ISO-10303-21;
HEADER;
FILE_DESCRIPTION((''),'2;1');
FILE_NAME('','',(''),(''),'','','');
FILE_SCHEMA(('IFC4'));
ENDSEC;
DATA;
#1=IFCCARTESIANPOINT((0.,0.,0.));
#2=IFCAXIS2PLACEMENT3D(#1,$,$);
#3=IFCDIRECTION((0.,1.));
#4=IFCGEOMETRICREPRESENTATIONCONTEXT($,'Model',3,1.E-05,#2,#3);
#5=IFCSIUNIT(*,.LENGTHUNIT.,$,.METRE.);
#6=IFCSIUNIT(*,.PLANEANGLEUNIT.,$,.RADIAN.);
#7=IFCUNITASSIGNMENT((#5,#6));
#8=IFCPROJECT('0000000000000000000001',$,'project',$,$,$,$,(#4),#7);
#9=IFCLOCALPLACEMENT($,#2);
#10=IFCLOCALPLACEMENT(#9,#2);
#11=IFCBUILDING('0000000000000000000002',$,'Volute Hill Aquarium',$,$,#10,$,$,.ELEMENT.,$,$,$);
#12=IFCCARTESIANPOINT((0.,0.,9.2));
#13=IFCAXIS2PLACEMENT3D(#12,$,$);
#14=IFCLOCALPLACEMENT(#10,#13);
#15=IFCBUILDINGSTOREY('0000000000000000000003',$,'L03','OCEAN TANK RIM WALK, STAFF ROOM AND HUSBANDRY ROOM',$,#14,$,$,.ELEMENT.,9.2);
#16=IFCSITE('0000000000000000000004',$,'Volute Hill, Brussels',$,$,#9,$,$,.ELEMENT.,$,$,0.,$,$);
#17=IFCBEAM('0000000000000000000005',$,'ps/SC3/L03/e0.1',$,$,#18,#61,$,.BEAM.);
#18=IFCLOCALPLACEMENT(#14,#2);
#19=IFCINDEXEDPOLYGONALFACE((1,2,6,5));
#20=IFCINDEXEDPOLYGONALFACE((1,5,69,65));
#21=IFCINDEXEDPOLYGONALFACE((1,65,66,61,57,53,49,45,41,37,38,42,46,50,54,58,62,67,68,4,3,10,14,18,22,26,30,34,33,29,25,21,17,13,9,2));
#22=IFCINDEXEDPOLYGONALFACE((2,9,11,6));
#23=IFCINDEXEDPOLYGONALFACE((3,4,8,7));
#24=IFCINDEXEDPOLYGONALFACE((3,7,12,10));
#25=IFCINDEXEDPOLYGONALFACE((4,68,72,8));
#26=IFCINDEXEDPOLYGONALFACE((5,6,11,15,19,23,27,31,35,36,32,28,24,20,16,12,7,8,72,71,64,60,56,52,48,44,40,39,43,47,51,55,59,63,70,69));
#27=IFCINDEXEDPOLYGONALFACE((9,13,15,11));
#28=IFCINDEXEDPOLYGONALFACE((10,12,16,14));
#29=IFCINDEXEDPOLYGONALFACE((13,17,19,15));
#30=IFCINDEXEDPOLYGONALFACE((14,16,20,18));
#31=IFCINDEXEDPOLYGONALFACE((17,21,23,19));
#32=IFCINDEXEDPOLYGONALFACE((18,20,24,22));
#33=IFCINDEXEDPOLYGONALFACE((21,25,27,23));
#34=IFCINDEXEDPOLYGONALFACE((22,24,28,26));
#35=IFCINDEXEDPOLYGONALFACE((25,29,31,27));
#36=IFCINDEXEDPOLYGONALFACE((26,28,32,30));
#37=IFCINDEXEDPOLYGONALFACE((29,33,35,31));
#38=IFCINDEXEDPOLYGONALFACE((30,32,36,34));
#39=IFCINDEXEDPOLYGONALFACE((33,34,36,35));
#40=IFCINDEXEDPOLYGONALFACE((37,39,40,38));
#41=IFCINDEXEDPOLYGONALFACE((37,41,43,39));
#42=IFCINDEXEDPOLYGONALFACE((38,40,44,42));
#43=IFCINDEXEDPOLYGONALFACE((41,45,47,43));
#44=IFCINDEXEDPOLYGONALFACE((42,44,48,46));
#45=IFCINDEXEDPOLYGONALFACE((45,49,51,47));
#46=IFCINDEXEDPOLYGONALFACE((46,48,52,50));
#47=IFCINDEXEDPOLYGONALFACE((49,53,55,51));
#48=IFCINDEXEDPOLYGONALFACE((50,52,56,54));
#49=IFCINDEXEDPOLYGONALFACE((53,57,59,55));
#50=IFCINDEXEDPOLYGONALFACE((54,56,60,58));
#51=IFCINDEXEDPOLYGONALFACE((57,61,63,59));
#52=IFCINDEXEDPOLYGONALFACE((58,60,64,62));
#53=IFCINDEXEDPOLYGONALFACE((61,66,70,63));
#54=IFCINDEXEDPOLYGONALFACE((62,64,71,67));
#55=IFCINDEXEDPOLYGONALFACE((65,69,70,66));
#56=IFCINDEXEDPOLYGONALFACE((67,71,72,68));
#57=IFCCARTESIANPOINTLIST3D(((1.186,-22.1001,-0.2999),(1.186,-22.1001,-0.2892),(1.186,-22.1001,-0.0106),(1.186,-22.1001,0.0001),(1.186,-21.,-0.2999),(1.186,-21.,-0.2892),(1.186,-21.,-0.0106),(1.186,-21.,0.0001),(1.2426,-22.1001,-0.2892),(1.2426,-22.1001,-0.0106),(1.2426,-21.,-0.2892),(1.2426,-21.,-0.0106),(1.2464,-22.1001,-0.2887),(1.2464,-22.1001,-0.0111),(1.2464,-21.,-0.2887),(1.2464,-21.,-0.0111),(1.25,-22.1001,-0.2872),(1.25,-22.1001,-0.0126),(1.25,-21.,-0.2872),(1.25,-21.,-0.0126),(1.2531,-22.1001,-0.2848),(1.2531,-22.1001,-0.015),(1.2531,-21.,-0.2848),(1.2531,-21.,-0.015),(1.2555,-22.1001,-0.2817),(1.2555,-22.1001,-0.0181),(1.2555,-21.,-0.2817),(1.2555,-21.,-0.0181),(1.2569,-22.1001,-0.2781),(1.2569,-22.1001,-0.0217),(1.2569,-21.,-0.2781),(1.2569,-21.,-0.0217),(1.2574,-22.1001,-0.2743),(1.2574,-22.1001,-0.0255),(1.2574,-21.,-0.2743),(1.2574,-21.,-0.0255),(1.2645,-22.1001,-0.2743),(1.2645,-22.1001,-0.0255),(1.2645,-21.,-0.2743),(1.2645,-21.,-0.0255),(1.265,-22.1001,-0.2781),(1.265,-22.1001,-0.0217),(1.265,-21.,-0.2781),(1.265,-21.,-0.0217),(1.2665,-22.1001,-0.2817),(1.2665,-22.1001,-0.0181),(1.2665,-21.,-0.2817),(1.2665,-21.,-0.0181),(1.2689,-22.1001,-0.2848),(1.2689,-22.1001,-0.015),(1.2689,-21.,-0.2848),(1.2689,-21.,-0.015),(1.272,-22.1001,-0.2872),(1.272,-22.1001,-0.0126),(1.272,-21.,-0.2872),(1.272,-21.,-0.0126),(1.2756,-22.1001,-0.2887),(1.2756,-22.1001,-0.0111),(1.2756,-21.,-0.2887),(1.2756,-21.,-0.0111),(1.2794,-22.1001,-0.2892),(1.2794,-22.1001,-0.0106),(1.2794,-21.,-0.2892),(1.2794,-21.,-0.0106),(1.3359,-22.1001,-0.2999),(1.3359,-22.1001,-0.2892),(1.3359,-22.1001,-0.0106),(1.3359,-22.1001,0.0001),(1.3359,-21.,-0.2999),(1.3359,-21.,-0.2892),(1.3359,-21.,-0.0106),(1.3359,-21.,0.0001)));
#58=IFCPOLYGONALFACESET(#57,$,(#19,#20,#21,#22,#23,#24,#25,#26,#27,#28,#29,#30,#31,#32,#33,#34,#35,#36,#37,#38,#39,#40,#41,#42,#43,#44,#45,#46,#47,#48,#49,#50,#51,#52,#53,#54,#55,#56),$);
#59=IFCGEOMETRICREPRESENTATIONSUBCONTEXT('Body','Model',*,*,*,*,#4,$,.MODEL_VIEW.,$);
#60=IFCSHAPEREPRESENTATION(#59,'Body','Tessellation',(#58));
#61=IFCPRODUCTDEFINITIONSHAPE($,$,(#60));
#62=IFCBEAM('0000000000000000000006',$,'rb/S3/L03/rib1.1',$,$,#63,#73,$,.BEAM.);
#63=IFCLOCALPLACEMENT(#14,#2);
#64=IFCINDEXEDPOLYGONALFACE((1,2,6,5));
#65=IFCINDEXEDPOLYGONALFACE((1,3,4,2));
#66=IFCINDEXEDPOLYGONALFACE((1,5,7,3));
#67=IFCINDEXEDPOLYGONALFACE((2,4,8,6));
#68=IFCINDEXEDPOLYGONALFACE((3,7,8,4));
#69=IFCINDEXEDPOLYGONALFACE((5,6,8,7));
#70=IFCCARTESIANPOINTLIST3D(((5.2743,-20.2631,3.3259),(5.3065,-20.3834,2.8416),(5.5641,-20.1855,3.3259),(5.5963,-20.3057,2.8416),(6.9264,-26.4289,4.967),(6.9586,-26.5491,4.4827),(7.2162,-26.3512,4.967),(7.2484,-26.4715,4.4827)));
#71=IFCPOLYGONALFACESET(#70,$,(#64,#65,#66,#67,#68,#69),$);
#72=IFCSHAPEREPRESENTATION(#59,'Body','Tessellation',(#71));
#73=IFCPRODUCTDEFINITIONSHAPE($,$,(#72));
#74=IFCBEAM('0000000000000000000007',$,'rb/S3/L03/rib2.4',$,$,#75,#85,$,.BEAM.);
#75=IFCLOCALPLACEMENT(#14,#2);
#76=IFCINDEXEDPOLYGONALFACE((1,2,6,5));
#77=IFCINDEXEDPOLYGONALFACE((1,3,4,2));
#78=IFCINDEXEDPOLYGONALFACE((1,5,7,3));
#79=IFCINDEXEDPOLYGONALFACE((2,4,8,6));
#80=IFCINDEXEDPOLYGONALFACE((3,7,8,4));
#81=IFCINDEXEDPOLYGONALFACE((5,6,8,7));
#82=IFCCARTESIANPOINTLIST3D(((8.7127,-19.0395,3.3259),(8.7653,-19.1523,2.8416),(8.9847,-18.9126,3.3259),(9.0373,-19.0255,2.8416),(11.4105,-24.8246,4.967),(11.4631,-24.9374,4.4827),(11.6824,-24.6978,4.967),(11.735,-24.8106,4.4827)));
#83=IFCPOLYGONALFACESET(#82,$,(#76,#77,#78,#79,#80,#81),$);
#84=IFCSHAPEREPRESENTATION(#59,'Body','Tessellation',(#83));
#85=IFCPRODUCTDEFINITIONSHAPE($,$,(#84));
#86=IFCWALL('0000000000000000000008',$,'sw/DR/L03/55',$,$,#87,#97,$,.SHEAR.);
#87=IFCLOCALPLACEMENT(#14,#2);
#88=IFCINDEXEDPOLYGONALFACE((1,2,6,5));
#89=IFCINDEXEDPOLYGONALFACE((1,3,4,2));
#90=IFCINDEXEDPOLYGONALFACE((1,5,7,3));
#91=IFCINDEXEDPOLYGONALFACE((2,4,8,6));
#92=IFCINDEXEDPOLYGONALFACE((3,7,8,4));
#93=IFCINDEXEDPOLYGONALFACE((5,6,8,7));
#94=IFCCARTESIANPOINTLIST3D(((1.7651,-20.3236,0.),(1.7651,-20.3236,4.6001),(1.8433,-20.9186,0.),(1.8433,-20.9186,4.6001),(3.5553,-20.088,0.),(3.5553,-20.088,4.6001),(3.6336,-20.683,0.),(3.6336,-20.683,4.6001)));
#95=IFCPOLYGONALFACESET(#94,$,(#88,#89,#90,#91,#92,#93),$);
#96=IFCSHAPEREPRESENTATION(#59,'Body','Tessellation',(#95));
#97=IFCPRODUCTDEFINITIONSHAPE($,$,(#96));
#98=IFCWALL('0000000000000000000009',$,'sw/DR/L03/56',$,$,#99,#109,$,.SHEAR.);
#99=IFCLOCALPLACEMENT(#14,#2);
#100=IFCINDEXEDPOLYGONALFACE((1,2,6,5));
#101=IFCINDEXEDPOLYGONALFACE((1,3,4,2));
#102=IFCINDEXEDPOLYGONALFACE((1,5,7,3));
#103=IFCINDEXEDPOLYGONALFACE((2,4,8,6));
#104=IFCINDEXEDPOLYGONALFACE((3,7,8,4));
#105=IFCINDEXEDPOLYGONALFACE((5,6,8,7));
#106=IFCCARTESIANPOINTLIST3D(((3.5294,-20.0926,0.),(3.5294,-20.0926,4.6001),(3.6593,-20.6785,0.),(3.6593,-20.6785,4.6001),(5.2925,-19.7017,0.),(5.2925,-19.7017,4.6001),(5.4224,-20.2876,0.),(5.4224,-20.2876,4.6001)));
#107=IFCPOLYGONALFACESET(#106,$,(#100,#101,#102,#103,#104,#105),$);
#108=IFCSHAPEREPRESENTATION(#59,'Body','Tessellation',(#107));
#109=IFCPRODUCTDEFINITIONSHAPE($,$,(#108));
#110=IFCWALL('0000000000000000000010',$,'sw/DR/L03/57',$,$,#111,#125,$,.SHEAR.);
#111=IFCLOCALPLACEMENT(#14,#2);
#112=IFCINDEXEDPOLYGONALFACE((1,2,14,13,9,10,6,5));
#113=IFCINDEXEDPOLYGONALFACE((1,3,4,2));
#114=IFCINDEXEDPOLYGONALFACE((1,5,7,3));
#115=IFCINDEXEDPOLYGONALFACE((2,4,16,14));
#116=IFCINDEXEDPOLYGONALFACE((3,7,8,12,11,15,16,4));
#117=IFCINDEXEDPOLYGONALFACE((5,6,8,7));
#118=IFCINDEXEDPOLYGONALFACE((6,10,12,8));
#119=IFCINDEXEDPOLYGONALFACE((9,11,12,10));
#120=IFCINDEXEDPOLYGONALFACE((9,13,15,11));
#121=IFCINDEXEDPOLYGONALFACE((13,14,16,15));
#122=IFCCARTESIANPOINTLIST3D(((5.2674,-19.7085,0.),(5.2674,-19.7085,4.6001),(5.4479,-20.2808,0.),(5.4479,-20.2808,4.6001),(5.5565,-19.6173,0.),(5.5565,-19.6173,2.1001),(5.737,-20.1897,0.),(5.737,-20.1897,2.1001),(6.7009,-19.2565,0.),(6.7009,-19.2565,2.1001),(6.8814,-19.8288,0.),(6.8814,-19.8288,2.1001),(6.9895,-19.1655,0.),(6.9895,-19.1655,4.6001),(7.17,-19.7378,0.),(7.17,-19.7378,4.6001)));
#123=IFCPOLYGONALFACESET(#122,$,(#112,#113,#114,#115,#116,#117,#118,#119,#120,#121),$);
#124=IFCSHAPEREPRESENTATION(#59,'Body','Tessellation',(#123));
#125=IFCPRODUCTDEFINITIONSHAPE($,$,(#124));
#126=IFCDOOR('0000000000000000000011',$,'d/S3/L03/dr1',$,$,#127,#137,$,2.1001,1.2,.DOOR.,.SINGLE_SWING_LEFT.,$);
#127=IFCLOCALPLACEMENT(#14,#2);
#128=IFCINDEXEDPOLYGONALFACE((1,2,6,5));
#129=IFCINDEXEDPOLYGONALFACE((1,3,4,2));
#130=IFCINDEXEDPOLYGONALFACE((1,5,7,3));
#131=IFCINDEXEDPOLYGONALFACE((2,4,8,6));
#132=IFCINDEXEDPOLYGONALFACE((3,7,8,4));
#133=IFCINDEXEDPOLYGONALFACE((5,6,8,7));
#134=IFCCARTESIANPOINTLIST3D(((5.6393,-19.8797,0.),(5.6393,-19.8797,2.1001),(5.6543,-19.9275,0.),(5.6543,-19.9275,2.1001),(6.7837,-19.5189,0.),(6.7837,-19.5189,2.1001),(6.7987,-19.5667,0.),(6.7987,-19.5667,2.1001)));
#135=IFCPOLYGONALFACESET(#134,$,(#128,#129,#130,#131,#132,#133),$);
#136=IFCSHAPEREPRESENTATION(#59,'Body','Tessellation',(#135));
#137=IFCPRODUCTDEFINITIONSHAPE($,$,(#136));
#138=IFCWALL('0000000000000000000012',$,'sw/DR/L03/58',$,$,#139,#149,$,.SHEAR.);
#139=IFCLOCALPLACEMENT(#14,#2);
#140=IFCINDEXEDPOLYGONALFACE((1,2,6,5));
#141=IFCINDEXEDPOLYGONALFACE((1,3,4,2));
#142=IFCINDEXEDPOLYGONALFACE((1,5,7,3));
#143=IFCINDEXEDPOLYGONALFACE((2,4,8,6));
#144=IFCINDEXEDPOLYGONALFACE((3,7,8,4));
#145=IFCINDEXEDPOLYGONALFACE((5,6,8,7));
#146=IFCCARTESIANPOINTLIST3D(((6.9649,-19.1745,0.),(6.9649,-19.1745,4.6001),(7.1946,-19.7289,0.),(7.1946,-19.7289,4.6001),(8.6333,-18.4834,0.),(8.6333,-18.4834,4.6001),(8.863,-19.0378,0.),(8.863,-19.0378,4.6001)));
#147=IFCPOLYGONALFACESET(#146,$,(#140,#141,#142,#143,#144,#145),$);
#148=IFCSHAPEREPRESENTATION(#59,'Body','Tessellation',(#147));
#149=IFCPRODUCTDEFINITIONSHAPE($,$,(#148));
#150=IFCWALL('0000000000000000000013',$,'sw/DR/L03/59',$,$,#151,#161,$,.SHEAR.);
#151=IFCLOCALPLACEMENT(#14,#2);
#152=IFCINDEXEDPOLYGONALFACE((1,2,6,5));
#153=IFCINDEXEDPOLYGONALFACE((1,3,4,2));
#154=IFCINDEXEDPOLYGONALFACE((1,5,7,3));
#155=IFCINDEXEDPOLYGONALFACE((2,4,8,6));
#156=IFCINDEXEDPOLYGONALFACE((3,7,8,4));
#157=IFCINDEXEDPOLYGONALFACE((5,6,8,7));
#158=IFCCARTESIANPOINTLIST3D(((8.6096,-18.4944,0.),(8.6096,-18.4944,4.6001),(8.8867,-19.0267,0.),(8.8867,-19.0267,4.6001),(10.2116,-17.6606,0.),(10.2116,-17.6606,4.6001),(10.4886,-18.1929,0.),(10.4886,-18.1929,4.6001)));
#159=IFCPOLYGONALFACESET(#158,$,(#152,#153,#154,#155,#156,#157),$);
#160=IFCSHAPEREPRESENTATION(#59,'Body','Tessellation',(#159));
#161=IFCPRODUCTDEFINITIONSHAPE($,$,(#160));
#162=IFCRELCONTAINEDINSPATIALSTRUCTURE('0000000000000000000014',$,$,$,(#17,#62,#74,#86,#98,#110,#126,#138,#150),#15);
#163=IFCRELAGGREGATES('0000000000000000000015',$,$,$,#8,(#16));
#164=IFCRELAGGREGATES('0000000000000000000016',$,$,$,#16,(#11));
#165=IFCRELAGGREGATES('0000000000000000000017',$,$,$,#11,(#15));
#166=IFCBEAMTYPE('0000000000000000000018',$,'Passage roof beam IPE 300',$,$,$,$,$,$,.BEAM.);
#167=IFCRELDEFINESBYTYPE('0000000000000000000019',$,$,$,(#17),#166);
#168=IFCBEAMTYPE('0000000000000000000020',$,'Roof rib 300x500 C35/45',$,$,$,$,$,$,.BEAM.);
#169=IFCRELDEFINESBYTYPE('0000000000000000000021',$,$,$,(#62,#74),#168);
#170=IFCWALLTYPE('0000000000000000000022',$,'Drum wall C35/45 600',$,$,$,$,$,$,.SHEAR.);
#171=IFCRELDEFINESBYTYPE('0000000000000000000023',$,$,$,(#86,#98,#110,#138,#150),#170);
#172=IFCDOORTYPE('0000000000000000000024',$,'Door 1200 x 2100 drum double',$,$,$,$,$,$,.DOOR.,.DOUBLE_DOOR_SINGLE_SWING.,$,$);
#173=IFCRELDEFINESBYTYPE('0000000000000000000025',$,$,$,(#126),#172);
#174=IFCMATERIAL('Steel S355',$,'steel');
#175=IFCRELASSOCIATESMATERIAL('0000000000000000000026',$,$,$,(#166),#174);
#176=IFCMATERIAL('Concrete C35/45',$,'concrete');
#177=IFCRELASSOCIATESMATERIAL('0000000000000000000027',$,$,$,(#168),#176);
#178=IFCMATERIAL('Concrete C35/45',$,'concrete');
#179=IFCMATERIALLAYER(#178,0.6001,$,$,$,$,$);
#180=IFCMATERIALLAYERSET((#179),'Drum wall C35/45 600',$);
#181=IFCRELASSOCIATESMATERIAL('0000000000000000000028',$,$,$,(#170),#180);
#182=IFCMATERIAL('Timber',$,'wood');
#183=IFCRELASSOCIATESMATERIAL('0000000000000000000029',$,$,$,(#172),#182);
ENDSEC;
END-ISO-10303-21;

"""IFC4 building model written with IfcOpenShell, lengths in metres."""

from ifc_helpers import new_model, si_unit, direction, frame, frame_2d, origin, origin_2d, place, context, subcontext, project, spatial, rectangle, i_section, extrude, material, layer, layer_set, material_profile, profile_set, type_object, element, fill, save


model = new_model("IFC4")

# Units and contexts
model_context = context("Model", 3, precision=1e-05, world=origin(), true_north=direction((0.0, 1.0)))
body_context = subcontext(model_context, "Body", "Model", "MODEL_VIEW")
ifc_project = project(units=[si_unit("LENGTHUNIT", "METRE"), si_unit("PLANEANGLEUNIT", "RADIAN")], contexts=[model_context])

# Site, building, storey
site_placement = place(None, origin())
site = spatial("IfcSite", under=ifc_project, at=site_placement, Name="Volute Hill, Brussels", CompositionType="ELEMENT", RefElevation=0.0)
building_placement = place(site_placement, origin())
building = spatial("IfcBuilding", under=site, at=building_placement, Name="Volute Hill Aquarium", CompositionType="ELEMENT")
storey_placement = place(building_placement, frame((0.0, 0.0, 9.2)))
storey = spatial("IfcBuildingStorey", under=building, at=storey_placement, Name="L03", Description="OCEAN TANK RIM WALK, STAFF ROOM AND HUSBANDRY ROOM", CompositionType="ELEMENT", Elevation=9.2)

# Beams
ifc_material_1 = material(Name="Steel S355", Category="steel")
ifc_material_profile_1 = material_profile(ifc_material_1, i_section(OverallWidth=0.1499, OverallDepth=0.3, WebThickness=0.0071, FlangeThickness=0.0107, FilletRadius=0.0149, at=origin_2d()), Name="IPE 300")
ifc_profile_set_1 = profile_set([ifc_material_profile_1], Name="Steel S355")
beam_type_1 = type_object("IfcBeamType", Name="Passage roof beam IPE 300", PredefinedType="BEAM", material=ifc_profile_set_1)
beam_1_placement = place(storey_placement, frame((1.261, -21.0, -0.1499), z_axis=(0.0, -1.0, 0.0), x_axis=(1.0, 0.0, 0.0)))
element("IfcBeam", 1, at=beam_1_placement, inside=storey, type_object=beam_type_1, Name="ps/SC3/L03/e0.1", PredefinedType="BEAM", context=body_context, shape_type="SweptSolid", body=[
    extrude(i_section(OverallWidth=0.1499, OverallDepth=0.3, WebThickness=0.0071, FlangeThickness=0.0107, FilletRadius=0.0149, at=origin_2d()), origin(), (0.0, 0.0, 1.0), 1.1001),
])
ifc_material_2 = material(Name="Concrete C35/45", Category="concrete")
ifc_material_profile_2 = material_profile(ifc_material_2, rectangle(XDim=0.3, YDim=0.5, at=origin_2d()), Name="RC rib 300x500")
ifc_profile_set_2 = profile_set([ifc_material_profile_2], Name="Concrete C35/45")
beam_type_2 = type_object("IfcBeamType", Name="Roof rib 300x500 C35/45", PredefinedType="BEAM", material=ifc_profile_set_2)
for number, where, z_axis, x_axis, name in (
    (2, (5.4353, -20.2844, 3.0837), (0.250665, -0.935503, 0.248998), (0.965926, 0.258817, 0.0), "rb/S3/L03/rib1.1"),
    (3, (8.875, -19.0325, 3.0837), (0.409319, -0.877757, 0.248999), (0.906302, 0.42263, 0.0), "rb/S3/L03/rib2.4"),
):
    element("IfcBeam", number, at=place(storey_placement, frame(where, z_axis=z_axis, x_axis=x_axis)), inside=storey, type_object=beam_type_2, Name=name, PredefinedType="BEAM", context=body_context, shape_type="SweptSolid", body=[
        extrude(rectangle(XDim=0.3, YDim=0.5, at=origin_2d()), origin(), (0.0, 0.0, 1.0), 6.5908),
    ])

# Walls
ifc_material_3 = material(Name="Concrete C35/45", Category="concrete")
ifc_layer_1 = layer(ifc_material_3, 0.6001)
ifc_layer_set_1 = layer_set([ifc_layer_1], Name="Drum wall C35/45 600")
wall_type_1 = type_object("IfcWallType", Name="Drum wall C35/45 600", PredefinedType="SHEAR", material=ifc_layer_set_1)
wall_1_placement = place(storey_placement, frame((1.8042, -20.6211, 0.0), z_axis=(0.0, 0.0, 1.0), x_axis=(0.991452, 0.130472, 0.0)))
element("IfcWall", 4, at=wall_1_placement, inside=storey, type_object=wall_type_1, Name="sw/DR/L03/55", PredefinedType="SHEAR", context=body_context, shape_type="SweptSolid", body=[
    extrude(rectangle(XDim=1.8057, YDim=0.6001, at=frame_2d((0.9028, 0.0))), origin(), (0.0, 0.0, 1.0), 4.6001),
])
wall_2_placement = place(storey_placement, frame((3.5945, -20.3855, 0.0), z_axis=(0.0, 0.0, 1.0), x_axis=(0.976298, 0.216429, 0.0)))
element("IfcWall", 5, at=wall_2_placement, inside=storey, type_object=wall_type_1, Name="sw/DR/L03/56", PredefinedType="SHEAR", context=body_context, shape_type="SweptSolid", body=[
    extrude(rectangle(XDim=1.8059, YDim=0.6001, at=frame_2d((0.9028, 0.0))), origin(), (0.0, 0.0, 1.0), 4.6001),
])

# Wall, opening, door
wall_3_placement = place(storey_placement, frame((5.3577, -19.9946, 0.0), z_axis=(0.0, 0.0, 1.0), x_axis=(0.953722, 0.300691, 0.0)))
wall_3 = element("IfcWall", 6, at=wall_3_placement, inside=storey, type_object=wall_type_1, Name="sw/DR/L03/57", PredefinedType="SHEAR", context=body_context, shape_type="SweptSolid", body=[
    extrude(rectangle(XDim=1.8057, YDim=0.6001, at=frame_2d((0.9028, 0.0))), origin(), (0.0, 0.0, 1.0), 4.6001),
])
opening_1_placement = place(wall_3_placement, frame((0.303, 0.0, 0.0)))
opening_1 = element("IfcOpeningElement", 7, at=opening_1_placement, cuts=wall_3, PredefinedType="OPENING", context=body_context, shape_type="SweptSolid", body=[
    extrude(rectangle(XDim=1.2, YDim=2.1001, at=frame_2d((0.6001, 1.05))), frame((0.0, 0.3101, 0.0), z_axis=(0.0, -1.0, 0.0), x_axis=(1.0, 0.0, 0.0)), (0.0, 0.0, 1.0), 0.6201),
])
ifc_material_4 = material(Name="Timber", Category="wood")
door_type = type_object("IfcDoorType", Name="Door 1200 x 2100 drum double", OperationType="DOUBLE_DOOR_SINGLE_SWING", PredefinedType="DOOR", material=ifc_material_4)
door_placement = place(opening_1_placement, origin())
door = element("IfcDoor", 8, at=door_placement, inside=storey, type_object=door_type, Name="d/S3/L03/dr1", OperationType="SINGLE_SWING_LEFT", OverallHeight=2.1001, OverallWidth=1.2, PredefinedType="DOOR", context=body_context, shape_type="SweptSolid", body=[
    extrude(rectangle(XDim=1.2, YDim=2.1001, at=frame_2d((0.6001, 1.05))), frame((0.0, 0.0249, 0.0), z_axis=(0.0, -1.0, 0.0), x_axis=(1.0, 0.0, 0.0)), (0.0, 0.0, 1.0), 0.05),
])
fill(opening_1, door)

# Walls
for number, where, z_axis, x_axis, name in (
    (9, (7.0798, -19.4517, 0.0), (0.0, 0.0, 1.0), (0.923867, 0.382714, 0.0), "sw/DR/L03/58"),
    (10, (8.7483, -18.7605, 0.0), (0.0, 0.0, 1.0), (0.887035, 0.461702, 0.0), "sw/DR/L03/59"),
):
    element("IfcWall", number, at=place(storey_placement, frame(where, z_axis=z_axis, x_axis=x_axis)), inside=storey, type_object=wall_type_1, Name=name, PredefinedType="SHEAR", context=body_context, shape_type="SweptSolid", body=[
        extrude(rectangle(XDim=1.8059, YDim=0.6001, at=frame_2d((0.9028, 0.0))), origin(), (0.0, 0.0, 1.0), 4.6001),
    ])

save(model, "model.ifc")
